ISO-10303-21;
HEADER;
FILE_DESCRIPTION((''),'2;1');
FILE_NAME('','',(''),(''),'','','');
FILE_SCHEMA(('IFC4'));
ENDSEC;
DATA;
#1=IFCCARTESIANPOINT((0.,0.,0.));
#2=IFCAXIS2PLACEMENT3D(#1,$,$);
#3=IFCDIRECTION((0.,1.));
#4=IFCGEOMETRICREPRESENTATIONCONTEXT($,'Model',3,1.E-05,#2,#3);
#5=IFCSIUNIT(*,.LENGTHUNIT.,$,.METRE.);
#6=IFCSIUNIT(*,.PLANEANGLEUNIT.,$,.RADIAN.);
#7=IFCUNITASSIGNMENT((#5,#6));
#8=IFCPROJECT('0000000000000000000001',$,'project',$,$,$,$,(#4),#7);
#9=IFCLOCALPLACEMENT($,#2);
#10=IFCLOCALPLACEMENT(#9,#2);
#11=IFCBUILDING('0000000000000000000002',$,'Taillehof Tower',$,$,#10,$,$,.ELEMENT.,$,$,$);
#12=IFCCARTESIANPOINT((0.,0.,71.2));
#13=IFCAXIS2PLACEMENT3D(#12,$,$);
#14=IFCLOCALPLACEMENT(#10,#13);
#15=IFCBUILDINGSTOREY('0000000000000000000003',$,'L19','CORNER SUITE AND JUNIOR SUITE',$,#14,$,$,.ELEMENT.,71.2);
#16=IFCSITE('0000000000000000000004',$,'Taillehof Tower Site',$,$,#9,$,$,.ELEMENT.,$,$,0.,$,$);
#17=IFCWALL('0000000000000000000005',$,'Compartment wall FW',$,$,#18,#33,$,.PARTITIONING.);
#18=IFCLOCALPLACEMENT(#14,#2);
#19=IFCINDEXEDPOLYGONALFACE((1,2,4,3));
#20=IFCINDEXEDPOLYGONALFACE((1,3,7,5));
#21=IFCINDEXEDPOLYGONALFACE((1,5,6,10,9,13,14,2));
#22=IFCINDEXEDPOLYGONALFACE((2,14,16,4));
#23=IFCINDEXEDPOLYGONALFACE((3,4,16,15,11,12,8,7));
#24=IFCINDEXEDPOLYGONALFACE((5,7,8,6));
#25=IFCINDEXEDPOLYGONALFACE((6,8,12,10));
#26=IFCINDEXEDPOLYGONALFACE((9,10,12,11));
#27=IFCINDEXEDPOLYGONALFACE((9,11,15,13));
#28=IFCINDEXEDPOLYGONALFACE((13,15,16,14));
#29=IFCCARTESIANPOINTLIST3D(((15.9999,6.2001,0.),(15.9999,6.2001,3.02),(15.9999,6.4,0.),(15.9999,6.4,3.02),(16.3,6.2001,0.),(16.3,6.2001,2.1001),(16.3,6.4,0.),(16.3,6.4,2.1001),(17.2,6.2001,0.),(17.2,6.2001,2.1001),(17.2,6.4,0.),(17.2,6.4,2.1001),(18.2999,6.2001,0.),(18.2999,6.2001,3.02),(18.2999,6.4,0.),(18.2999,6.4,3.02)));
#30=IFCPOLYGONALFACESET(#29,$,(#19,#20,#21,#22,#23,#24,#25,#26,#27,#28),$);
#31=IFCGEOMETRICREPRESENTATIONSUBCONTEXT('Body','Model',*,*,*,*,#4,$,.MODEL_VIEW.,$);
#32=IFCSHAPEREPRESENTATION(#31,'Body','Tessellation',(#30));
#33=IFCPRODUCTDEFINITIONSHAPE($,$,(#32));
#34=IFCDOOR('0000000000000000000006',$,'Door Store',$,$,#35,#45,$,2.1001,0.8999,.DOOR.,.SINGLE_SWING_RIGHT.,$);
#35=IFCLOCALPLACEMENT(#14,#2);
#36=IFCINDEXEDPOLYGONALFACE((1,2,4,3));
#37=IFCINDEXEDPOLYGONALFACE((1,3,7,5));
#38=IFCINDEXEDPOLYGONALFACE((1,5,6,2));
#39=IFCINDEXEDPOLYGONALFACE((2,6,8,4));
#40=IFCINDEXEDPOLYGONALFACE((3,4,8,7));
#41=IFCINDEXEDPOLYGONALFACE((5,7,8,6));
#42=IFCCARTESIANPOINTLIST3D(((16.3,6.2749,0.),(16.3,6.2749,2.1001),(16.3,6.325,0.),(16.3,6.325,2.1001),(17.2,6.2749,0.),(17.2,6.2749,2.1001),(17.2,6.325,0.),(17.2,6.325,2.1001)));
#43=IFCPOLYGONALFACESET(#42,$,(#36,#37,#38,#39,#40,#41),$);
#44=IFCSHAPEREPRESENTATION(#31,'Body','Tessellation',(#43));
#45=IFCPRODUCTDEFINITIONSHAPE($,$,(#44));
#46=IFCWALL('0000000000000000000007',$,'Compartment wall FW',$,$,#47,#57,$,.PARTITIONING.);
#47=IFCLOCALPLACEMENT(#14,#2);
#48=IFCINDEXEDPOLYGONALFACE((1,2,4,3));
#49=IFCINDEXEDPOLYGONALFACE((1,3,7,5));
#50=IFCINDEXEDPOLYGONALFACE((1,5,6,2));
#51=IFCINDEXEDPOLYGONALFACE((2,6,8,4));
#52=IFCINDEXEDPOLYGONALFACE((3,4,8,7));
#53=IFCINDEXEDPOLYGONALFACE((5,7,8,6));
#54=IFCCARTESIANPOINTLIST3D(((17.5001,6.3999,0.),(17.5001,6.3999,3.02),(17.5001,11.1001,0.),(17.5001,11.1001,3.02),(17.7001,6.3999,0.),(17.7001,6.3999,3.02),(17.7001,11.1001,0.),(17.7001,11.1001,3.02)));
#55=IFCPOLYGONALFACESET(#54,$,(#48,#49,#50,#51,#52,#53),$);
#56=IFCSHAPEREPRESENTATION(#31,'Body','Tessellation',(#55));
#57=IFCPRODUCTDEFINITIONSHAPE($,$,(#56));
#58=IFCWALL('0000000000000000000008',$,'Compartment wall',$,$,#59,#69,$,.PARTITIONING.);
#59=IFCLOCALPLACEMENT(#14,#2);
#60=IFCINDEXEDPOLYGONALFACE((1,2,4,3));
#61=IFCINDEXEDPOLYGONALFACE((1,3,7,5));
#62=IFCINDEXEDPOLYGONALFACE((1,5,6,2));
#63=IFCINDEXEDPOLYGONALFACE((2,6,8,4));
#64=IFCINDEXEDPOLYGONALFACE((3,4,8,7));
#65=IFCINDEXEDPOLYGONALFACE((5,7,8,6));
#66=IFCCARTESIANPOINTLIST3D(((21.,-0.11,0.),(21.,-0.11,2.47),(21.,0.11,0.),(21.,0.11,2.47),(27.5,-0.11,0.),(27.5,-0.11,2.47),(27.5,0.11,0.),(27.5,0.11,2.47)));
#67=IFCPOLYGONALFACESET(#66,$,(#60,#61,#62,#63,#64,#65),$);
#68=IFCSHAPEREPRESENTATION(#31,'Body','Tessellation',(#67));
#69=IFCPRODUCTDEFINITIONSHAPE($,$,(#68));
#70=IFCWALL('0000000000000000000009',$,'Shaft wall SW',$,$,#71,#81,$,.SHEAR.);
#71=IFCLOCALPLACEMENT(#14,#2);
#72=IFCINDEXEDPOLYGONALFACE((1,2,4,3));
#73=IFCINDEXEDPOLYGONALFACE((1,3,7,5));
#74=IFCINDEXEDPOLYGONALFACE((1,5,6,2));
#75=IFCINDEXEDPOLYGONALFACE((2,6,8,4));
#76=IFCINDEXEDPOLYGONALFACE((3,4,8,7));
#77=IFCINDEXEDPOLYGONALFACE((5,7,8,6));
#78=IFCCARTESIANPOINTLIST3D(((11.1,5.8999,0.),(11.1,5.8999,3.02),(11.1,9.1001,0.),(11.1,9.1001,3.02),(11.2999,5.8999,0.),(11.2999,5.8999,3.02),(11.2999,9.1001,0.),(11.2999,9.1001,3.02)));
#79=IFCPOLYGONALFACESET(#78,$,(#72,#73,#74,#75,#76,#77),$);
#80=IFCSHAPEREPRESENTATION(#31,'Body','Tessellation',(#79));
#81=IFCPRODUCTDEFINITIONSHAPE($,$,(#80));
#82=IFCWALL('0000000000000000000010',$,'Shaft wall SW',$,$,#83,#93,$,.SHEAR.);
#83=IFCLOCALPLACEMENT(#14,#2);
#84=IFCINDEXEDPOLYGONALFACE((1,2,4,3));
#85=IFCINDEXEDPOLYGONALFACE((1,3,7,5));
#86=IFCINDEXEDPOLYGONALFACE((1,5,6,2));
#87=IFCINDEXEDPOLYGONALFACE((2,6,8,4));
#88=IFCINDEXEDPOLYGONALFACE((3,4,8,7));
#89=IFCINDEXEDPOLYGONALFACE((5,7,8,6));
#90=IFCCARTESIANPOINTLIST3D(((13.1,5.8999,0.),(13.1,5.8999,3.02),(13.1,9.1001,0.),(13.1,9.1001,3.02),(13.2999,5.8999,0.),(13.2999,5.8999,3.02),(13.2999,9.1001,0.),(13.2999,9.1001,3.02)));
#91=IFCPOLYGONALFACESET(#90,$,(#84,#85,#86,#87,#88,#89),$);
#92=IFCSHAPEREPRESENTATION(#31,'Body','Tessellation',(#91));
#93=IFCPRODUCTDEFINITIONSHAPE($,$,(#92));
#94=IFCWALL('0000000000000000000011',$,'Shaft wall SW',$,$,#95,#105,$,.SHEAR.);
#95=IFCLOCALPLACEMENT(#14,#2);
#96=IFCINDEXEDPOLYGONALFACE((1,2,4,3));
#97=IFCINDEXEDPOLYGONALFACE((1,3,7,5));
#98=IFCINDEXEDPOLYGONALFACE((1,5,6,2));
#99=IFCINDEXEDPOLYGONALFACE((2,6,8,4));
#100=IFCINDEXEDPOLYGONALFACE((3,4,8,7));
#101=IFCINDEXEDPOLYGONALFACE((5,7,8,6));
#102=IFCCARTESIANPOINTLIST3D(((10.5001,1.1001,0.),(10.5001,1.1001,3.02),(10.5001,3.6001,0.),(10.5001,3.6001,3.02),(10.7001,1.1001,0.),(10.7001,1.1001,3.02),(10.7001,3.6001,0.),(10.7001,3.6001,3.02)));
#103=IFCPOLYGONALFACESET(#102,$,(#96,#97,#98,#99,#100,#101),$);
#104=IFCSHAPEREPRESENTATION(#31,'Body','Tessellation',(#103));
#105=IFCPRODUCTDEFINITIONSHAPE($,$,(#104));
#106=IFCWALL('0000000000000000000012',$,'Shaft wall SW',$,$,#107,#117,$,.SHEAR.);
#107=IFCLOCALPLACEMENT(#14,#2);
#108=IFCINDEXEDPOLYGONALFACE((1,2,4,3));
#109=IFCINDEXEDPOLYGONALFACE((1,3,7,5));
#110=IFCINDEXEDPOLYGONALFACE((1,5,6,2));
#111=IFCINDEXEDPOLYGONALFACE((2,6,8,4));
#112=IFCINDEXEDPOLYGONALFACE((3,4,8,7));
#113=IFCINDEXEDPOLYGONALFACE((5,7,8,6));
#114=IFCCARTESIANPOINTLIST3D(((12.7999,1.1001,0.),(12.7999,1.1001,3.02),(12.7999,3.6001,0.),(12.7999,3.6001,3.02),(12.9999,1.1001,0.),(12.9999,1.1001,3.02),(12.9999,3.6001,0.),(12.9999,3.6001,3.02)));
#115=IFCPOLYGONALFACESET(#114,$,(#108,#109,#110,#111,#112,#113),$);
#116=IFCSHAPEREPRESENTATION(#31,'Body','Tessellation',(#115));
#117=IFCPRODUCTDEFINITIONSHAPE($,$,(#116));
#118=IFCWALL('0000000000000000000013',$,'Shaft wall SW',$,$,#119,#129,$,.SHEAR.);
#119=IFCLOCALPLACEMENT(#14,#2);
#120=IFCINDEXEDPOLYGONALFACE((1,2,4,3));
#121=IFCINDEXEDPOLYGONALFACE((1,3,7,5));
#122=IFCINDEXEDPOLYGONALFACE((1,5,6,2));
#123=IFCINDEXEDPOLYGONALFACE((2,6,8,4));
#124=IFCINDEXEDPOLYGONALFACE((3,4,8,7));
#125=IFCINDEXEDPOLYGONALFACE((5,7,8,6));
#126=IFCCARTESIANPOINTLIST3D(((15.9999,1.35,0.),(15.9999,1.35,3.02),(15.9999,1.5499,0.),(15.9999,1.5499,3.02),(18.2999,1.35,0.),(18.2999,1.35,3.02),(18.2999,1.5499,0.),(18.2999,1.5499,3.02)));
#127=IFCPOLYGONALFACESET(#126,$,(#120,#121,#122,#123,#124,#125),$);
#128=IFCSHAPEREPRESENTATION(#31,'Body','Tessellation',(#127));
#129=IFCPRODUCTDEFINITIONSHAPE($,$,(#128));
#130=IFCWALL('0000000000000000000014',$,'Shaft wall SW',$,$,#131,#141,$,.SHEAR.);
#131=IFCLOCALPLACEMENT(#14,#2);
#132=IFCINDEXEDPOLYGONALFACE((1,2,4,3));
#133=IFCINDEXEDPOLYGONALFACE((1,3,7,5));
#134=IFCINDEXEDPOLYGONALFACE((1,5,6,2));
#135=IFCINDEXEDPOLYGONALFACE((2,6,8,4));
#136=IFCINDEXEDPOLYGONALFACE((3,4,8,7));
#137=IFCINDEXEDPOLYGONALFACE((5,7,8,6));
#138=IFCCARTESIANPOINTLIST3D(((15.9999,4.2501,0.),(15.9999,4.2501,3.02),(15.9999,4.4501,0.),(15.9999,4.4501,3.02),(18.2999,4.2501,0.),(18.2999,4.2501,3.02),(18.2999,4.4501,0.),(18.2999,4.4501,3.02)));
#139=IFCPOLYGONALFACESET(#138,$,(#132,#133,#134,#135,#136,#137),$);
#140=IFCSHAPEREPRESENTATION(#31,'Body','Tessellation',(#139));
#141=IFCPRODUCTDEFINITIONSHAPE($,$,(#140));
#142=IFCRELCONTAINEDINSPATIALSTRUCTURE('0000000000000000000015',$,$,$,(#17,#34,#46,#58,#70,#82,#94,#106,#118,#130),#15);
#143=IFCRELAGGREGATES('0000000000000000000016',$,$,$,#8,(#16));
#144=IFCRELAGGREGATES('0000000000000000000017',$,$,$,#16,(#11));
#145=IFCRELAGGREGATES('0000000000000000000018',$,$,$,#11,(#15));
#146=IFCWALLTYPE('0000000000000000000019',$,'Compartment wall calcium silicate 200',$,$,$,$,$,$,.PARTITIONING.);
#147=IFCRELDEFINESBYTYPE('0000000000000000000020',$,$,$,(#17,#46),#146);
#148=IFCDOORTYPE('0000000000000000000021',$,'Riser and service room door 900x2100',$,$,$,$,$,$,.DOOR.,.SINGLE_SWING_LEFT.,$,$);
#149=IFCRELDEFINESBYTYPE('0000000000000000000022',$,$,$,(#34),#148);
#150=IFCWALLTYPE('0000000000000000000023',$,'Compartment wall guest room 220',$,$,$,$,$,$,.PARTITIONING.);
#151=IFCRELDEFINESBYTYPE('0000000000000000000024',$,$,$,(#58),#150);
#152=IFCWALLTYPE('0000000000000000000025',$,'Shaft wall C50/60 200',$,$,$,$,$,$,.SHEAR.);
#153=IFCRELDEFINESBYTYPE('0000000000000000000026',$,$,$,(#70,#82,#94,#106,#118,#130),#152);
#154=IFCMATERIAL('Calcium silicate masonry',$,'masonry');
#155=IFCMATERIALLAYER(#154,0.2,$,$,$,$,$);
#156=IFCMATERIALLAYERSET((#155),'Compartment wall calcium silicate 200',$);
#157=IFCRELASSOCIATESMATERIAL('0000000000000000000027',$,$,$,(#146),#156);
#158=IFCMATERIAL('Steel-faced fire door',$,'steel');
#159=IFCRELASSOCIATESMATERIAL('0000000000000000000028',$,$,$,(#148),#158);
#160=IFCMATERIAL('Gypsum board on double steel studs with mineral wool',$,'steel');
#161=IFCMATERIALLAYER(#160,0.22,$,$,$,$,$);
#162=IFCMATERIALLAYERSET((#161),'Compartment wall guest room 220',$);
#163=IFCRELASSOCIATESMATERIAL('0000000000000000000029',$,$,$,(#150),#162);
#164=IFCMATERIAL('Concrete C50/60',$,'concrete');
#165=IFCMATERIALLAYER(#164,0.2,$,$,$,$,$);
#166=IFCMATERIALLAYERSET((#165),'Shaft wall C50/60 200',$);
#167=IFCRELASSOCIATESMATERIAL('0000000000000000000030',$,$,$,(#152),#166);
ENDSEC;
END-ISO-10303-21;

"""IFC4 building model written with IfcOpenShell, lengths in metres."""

from ifc_helpers import new_model, si_unit, direction, frame, frame_2d, origin, place, context, subcontext, project, spatial, rectangle, extrude, material, layer, layer_set, type_object, element, fill, save


model = new_model("IFC4")

# Units and contexts
model_context = context("Model", 3, precision=1e-05, world=origin(), true_north=direction((0.0, 1.0)))
body_context = subcontext(model_context, "Body", "Model", "MODEL_VIEW")
ifc_project = project(units=[si_unit("LENGTHUNIT", "METRE"), si_unit("PLANEANGLEUNIT", "RADIAN")], contexts=[model_context])

# Site, building, storey
site_placement = place(None, origin())
site = spatial("IfcSite", under=ifc_project, at=site_placement, Name="Taillehof Tower Site", CompositionType="ELEMENT", RefElevation=0.0)
building_placement = place(site_placement, origin())
building = spatial("IfcBuilding", under=site, at=building_placement, Name="Taillehof Tower", CompositionType="ELEMENT")
storey_placement = place(building_placement, frame((0.0, 0.0, 71.2)))
storey = spatial("IfcBuildingStorey", under=building, at=storey_placement, Name="L19", Description="CORNER SUITE AND JUNIOR SUITE", CompositionType="ELEMENT", Elevation=71.2)

# Wall, opening, door
ifc_material_1 = material(Name="Calcium silicate masonry", Category="masonry")
ifc_layer_1 = layer(ifc_material_1, 0.2)
ifc_layer_set_1 = layer_set([ifc_layer_1], Name="Compartment wall calcium silicate 200")
wall_type_1 = type_object("IfcWallType", Name="Compartment wall calcium silicate 200", PredefinedType="PARTITIONING", material=ifc_layer_set_1)
wall_1_placement = place(storey_placement, frame((16.0, 6.3, 0.0), z_axis=(0.0, 0.0, 1.0), x_axis=(1.0, 0.0, 0.0)))
wall_1 = element("IfcWall", 1, at=wall_1_placement, inside=storey, type_object=wall_type_1, Name="Compartment wall FW", PredefinedType="PARTITIONING", context=body_context, shape_type="SweptSolid", body=[
    extrude(rectangle(XDim=2.3, YDim=0.2, at=frame_2d((1.1499, 0.0))), origin(), (0.0, 0.0, 1.0), 3.02),
])
opening_1_placement = place(wall_1_placement, frame((0.3, 0.0, 0.0)))
opening_1 = element("IfcOpeningElement", 2, at=opening_1_placement, cuts=wall_1, PredefinedType="OPENING", context=body_context, shape_type="SweptSolid", body=[
    extrude(rectangle(XDim=0.8999, YDim=2.1001, at=frame_2d((0.45, 1.05))), frame((0.0, 0.1099, 0.0), z_axis=(0.0, -1.0, 0.0), x_axis=(1.0, 0.0, 0.0)), (0.0, 0.0, 1.0), 0.22),
])
ifc_material_2 = material(Name="Steel-faced fire door", Category="steel")
door_type = type_object("IfcDoorType", Name="Riser and service room door 900x2100", OperationType="SINGLE_SWING_LEFT", PredefinedType="DOOR", material=ifc_material_2)
door_placement = place(opening_1_placement, origin())
door = element("IfcDoor", 3, at=door_placement, inside=storey, type_object=door_type, Name="Door Store", OperationType="SINGLE_SWING_RIGHT", OverallHeight=2.1001, OverallWidth=0.8999, PredefinedType="DOOR", context=body_context, shape_type="SweptSolid", body=[
    extrude(rectangle(XDim=0.8999, YDim=2.1001, at=frame_2d((0.45, 1.05))), frame((0.0, 0.0249, 0.0), z_axis=(0.0, -1.0, 0.0), x_axis=(1.0, 0.0, 0.0)), (0.0, 0.0, 1.0), 0.05),
])
fill(opening_1, door)

# Walls
wall_2_placement = place(storey_placement, frame((17.6001, 6.3999, 0.0), z_axis=(0.0, 0.0, 1.0), x_axis=(0.0, 1.0, 0.0)))
element("IfcWall", 4, at=wall_2_placement, inside=storey, type_object=wall_type_1, Name="Compartment wall FW", PredefinedType="PARTITIONING", context=body_context, shape_type="SweptSolid", body=[
    extrude(rectangle(XDim=4.7002, YDim=0.2, at=frame_2d((2.3501, 0.0))), origin(), (0.0, 0.0, 1.0), 3.02),
])
ifc_material_3 = material(Name="Gypsum board on double steel studs with mineral wool", Category="steel")
ifc_layer_2 = layer(ifc_material_3, 0.22)
ifc_layer_set_2 = layer_set([ifc_layer_2], Name="Compartment wall guest room 220")
wall_type_2 = type_object("IfcWallType", Name="Compartment wall guest room 220", PredefinedType="PARTITIONING", material=ifc_layer_set_2)
wall_3_placement = place(storey_placement, frame((27.5, 0.0, 0.0), z_axis=(0.0, 0.0, 1.0), x_axis=(-1.0, 0.0, 0.0)))
element("IfcWall", 5, at=wall_3_placement, inside=storey, type_object=wall_type_2, Name="Compartment wall", PredefinedType="PARTITIONING", context=body_context, shape_type="SweptSolid", body=[
    extrude(rectangle(XDim=6.5, YDim=0.22, at=frame_2d((3.25, 0.0))), origin(), (0.0, 0.0, 1.0), 2.47),
])
ifc_material_4 = material(Name="Concrete C50/60", Category="concrete")
ifc_layer_3 = layer(ifc_material_4, 0.2)
ifc_layer_set_3 = layer_set([ifc_layer_3], Name="Shaft wall C50/60 200")
wall_type_3 = type_object("IfcWallType", Name="Shaft wall C50/60 200", PredefinedType="SHEAR", material=ifc_layer_set_3)
for number, where, z_axis, x_axis, name in (
    (6, (11.2, 5.8999, 0.0), (0.0, 0.0, 1.0), (0.0, 1.0, 0.0), "Shaft wall SW"),
    (7, (13.2, 5.8999, 0.0), (0.0, 0.0, 1.0), (0.0, 1.0, 0.0), "Shaft wall SW"),
):
    element("IfcWall", number, at=place(storey_placement, frame(where, z_axis=z_axis, x_axis=x_axis)), inside=storey, type_object=wall_type_3, Name=name, PredefinedType="SHEAR", context=body_context, shape_type="SweptSolid", body=[
        extrude(rectangle(XDim=3.2002, YDim=0.2, at=frame_2d((1.6001, 0.0))), origin(), (0.0, 0.0, 1.0), 3.02),
    ])
for number, where, z_axis, x_axis, name in (
    (8, (10.6001, 1.1001, 0.0), (0.0, 0.0, 1.0), (0.0, 1.0, 0.0), "Shaft wall SW"),
    (9, (12.8999, 1.1001, 0.0), (0.0, 0.0, 1.0), (0.0, 1.0, 0.0), "Shaft wall SW"),
):
    element("IfcWall", number, at=place(storey_placement, frame(where, z_axis=z_axis, x_axis=x_axis)), inside=storey, type_object=wall_type_3, Name=name, PredefinedType="SHEAR", context=body_context, shape_type="SweptSolid", body=[
        extrude(rectangle(XDim=2.5, YDim=0.2, at=frame_2d((1.25, 0.0))), origin(), (0.0, 0.0, 1.0), 3.02),
    ])
for number, where, z_axis, x_axis, name in (
    (10, (16.0, 1.45, 0.0), (0.0, 0.0, 1.0), (1.0, 0.0, 0.0), "Shaft wall SW"),
    (11, (16.0, 4.3501, 0.0), (0.0, 0.0, 1.0), (1.0, 0.0, 0.0), "Shaft wall SW"),
):
    element("IfcWall", number, at=place(storey_placement, frame(where, z_axis=z_axis, x_axis=x_axis)), inside=storey, type_object=wall_type_3, Name=name, PredefinedType="SHEAR", context=body_context, shape_type="SweptSolid", body=[
        extrude(rectangle(XDim=2.3, YDim=0.2, at=frame_2d((1.1499, 0.0))), origin(), (0.0, 0.0, 1.0), 3.02),
    ])

save(model, "model.ifc")
